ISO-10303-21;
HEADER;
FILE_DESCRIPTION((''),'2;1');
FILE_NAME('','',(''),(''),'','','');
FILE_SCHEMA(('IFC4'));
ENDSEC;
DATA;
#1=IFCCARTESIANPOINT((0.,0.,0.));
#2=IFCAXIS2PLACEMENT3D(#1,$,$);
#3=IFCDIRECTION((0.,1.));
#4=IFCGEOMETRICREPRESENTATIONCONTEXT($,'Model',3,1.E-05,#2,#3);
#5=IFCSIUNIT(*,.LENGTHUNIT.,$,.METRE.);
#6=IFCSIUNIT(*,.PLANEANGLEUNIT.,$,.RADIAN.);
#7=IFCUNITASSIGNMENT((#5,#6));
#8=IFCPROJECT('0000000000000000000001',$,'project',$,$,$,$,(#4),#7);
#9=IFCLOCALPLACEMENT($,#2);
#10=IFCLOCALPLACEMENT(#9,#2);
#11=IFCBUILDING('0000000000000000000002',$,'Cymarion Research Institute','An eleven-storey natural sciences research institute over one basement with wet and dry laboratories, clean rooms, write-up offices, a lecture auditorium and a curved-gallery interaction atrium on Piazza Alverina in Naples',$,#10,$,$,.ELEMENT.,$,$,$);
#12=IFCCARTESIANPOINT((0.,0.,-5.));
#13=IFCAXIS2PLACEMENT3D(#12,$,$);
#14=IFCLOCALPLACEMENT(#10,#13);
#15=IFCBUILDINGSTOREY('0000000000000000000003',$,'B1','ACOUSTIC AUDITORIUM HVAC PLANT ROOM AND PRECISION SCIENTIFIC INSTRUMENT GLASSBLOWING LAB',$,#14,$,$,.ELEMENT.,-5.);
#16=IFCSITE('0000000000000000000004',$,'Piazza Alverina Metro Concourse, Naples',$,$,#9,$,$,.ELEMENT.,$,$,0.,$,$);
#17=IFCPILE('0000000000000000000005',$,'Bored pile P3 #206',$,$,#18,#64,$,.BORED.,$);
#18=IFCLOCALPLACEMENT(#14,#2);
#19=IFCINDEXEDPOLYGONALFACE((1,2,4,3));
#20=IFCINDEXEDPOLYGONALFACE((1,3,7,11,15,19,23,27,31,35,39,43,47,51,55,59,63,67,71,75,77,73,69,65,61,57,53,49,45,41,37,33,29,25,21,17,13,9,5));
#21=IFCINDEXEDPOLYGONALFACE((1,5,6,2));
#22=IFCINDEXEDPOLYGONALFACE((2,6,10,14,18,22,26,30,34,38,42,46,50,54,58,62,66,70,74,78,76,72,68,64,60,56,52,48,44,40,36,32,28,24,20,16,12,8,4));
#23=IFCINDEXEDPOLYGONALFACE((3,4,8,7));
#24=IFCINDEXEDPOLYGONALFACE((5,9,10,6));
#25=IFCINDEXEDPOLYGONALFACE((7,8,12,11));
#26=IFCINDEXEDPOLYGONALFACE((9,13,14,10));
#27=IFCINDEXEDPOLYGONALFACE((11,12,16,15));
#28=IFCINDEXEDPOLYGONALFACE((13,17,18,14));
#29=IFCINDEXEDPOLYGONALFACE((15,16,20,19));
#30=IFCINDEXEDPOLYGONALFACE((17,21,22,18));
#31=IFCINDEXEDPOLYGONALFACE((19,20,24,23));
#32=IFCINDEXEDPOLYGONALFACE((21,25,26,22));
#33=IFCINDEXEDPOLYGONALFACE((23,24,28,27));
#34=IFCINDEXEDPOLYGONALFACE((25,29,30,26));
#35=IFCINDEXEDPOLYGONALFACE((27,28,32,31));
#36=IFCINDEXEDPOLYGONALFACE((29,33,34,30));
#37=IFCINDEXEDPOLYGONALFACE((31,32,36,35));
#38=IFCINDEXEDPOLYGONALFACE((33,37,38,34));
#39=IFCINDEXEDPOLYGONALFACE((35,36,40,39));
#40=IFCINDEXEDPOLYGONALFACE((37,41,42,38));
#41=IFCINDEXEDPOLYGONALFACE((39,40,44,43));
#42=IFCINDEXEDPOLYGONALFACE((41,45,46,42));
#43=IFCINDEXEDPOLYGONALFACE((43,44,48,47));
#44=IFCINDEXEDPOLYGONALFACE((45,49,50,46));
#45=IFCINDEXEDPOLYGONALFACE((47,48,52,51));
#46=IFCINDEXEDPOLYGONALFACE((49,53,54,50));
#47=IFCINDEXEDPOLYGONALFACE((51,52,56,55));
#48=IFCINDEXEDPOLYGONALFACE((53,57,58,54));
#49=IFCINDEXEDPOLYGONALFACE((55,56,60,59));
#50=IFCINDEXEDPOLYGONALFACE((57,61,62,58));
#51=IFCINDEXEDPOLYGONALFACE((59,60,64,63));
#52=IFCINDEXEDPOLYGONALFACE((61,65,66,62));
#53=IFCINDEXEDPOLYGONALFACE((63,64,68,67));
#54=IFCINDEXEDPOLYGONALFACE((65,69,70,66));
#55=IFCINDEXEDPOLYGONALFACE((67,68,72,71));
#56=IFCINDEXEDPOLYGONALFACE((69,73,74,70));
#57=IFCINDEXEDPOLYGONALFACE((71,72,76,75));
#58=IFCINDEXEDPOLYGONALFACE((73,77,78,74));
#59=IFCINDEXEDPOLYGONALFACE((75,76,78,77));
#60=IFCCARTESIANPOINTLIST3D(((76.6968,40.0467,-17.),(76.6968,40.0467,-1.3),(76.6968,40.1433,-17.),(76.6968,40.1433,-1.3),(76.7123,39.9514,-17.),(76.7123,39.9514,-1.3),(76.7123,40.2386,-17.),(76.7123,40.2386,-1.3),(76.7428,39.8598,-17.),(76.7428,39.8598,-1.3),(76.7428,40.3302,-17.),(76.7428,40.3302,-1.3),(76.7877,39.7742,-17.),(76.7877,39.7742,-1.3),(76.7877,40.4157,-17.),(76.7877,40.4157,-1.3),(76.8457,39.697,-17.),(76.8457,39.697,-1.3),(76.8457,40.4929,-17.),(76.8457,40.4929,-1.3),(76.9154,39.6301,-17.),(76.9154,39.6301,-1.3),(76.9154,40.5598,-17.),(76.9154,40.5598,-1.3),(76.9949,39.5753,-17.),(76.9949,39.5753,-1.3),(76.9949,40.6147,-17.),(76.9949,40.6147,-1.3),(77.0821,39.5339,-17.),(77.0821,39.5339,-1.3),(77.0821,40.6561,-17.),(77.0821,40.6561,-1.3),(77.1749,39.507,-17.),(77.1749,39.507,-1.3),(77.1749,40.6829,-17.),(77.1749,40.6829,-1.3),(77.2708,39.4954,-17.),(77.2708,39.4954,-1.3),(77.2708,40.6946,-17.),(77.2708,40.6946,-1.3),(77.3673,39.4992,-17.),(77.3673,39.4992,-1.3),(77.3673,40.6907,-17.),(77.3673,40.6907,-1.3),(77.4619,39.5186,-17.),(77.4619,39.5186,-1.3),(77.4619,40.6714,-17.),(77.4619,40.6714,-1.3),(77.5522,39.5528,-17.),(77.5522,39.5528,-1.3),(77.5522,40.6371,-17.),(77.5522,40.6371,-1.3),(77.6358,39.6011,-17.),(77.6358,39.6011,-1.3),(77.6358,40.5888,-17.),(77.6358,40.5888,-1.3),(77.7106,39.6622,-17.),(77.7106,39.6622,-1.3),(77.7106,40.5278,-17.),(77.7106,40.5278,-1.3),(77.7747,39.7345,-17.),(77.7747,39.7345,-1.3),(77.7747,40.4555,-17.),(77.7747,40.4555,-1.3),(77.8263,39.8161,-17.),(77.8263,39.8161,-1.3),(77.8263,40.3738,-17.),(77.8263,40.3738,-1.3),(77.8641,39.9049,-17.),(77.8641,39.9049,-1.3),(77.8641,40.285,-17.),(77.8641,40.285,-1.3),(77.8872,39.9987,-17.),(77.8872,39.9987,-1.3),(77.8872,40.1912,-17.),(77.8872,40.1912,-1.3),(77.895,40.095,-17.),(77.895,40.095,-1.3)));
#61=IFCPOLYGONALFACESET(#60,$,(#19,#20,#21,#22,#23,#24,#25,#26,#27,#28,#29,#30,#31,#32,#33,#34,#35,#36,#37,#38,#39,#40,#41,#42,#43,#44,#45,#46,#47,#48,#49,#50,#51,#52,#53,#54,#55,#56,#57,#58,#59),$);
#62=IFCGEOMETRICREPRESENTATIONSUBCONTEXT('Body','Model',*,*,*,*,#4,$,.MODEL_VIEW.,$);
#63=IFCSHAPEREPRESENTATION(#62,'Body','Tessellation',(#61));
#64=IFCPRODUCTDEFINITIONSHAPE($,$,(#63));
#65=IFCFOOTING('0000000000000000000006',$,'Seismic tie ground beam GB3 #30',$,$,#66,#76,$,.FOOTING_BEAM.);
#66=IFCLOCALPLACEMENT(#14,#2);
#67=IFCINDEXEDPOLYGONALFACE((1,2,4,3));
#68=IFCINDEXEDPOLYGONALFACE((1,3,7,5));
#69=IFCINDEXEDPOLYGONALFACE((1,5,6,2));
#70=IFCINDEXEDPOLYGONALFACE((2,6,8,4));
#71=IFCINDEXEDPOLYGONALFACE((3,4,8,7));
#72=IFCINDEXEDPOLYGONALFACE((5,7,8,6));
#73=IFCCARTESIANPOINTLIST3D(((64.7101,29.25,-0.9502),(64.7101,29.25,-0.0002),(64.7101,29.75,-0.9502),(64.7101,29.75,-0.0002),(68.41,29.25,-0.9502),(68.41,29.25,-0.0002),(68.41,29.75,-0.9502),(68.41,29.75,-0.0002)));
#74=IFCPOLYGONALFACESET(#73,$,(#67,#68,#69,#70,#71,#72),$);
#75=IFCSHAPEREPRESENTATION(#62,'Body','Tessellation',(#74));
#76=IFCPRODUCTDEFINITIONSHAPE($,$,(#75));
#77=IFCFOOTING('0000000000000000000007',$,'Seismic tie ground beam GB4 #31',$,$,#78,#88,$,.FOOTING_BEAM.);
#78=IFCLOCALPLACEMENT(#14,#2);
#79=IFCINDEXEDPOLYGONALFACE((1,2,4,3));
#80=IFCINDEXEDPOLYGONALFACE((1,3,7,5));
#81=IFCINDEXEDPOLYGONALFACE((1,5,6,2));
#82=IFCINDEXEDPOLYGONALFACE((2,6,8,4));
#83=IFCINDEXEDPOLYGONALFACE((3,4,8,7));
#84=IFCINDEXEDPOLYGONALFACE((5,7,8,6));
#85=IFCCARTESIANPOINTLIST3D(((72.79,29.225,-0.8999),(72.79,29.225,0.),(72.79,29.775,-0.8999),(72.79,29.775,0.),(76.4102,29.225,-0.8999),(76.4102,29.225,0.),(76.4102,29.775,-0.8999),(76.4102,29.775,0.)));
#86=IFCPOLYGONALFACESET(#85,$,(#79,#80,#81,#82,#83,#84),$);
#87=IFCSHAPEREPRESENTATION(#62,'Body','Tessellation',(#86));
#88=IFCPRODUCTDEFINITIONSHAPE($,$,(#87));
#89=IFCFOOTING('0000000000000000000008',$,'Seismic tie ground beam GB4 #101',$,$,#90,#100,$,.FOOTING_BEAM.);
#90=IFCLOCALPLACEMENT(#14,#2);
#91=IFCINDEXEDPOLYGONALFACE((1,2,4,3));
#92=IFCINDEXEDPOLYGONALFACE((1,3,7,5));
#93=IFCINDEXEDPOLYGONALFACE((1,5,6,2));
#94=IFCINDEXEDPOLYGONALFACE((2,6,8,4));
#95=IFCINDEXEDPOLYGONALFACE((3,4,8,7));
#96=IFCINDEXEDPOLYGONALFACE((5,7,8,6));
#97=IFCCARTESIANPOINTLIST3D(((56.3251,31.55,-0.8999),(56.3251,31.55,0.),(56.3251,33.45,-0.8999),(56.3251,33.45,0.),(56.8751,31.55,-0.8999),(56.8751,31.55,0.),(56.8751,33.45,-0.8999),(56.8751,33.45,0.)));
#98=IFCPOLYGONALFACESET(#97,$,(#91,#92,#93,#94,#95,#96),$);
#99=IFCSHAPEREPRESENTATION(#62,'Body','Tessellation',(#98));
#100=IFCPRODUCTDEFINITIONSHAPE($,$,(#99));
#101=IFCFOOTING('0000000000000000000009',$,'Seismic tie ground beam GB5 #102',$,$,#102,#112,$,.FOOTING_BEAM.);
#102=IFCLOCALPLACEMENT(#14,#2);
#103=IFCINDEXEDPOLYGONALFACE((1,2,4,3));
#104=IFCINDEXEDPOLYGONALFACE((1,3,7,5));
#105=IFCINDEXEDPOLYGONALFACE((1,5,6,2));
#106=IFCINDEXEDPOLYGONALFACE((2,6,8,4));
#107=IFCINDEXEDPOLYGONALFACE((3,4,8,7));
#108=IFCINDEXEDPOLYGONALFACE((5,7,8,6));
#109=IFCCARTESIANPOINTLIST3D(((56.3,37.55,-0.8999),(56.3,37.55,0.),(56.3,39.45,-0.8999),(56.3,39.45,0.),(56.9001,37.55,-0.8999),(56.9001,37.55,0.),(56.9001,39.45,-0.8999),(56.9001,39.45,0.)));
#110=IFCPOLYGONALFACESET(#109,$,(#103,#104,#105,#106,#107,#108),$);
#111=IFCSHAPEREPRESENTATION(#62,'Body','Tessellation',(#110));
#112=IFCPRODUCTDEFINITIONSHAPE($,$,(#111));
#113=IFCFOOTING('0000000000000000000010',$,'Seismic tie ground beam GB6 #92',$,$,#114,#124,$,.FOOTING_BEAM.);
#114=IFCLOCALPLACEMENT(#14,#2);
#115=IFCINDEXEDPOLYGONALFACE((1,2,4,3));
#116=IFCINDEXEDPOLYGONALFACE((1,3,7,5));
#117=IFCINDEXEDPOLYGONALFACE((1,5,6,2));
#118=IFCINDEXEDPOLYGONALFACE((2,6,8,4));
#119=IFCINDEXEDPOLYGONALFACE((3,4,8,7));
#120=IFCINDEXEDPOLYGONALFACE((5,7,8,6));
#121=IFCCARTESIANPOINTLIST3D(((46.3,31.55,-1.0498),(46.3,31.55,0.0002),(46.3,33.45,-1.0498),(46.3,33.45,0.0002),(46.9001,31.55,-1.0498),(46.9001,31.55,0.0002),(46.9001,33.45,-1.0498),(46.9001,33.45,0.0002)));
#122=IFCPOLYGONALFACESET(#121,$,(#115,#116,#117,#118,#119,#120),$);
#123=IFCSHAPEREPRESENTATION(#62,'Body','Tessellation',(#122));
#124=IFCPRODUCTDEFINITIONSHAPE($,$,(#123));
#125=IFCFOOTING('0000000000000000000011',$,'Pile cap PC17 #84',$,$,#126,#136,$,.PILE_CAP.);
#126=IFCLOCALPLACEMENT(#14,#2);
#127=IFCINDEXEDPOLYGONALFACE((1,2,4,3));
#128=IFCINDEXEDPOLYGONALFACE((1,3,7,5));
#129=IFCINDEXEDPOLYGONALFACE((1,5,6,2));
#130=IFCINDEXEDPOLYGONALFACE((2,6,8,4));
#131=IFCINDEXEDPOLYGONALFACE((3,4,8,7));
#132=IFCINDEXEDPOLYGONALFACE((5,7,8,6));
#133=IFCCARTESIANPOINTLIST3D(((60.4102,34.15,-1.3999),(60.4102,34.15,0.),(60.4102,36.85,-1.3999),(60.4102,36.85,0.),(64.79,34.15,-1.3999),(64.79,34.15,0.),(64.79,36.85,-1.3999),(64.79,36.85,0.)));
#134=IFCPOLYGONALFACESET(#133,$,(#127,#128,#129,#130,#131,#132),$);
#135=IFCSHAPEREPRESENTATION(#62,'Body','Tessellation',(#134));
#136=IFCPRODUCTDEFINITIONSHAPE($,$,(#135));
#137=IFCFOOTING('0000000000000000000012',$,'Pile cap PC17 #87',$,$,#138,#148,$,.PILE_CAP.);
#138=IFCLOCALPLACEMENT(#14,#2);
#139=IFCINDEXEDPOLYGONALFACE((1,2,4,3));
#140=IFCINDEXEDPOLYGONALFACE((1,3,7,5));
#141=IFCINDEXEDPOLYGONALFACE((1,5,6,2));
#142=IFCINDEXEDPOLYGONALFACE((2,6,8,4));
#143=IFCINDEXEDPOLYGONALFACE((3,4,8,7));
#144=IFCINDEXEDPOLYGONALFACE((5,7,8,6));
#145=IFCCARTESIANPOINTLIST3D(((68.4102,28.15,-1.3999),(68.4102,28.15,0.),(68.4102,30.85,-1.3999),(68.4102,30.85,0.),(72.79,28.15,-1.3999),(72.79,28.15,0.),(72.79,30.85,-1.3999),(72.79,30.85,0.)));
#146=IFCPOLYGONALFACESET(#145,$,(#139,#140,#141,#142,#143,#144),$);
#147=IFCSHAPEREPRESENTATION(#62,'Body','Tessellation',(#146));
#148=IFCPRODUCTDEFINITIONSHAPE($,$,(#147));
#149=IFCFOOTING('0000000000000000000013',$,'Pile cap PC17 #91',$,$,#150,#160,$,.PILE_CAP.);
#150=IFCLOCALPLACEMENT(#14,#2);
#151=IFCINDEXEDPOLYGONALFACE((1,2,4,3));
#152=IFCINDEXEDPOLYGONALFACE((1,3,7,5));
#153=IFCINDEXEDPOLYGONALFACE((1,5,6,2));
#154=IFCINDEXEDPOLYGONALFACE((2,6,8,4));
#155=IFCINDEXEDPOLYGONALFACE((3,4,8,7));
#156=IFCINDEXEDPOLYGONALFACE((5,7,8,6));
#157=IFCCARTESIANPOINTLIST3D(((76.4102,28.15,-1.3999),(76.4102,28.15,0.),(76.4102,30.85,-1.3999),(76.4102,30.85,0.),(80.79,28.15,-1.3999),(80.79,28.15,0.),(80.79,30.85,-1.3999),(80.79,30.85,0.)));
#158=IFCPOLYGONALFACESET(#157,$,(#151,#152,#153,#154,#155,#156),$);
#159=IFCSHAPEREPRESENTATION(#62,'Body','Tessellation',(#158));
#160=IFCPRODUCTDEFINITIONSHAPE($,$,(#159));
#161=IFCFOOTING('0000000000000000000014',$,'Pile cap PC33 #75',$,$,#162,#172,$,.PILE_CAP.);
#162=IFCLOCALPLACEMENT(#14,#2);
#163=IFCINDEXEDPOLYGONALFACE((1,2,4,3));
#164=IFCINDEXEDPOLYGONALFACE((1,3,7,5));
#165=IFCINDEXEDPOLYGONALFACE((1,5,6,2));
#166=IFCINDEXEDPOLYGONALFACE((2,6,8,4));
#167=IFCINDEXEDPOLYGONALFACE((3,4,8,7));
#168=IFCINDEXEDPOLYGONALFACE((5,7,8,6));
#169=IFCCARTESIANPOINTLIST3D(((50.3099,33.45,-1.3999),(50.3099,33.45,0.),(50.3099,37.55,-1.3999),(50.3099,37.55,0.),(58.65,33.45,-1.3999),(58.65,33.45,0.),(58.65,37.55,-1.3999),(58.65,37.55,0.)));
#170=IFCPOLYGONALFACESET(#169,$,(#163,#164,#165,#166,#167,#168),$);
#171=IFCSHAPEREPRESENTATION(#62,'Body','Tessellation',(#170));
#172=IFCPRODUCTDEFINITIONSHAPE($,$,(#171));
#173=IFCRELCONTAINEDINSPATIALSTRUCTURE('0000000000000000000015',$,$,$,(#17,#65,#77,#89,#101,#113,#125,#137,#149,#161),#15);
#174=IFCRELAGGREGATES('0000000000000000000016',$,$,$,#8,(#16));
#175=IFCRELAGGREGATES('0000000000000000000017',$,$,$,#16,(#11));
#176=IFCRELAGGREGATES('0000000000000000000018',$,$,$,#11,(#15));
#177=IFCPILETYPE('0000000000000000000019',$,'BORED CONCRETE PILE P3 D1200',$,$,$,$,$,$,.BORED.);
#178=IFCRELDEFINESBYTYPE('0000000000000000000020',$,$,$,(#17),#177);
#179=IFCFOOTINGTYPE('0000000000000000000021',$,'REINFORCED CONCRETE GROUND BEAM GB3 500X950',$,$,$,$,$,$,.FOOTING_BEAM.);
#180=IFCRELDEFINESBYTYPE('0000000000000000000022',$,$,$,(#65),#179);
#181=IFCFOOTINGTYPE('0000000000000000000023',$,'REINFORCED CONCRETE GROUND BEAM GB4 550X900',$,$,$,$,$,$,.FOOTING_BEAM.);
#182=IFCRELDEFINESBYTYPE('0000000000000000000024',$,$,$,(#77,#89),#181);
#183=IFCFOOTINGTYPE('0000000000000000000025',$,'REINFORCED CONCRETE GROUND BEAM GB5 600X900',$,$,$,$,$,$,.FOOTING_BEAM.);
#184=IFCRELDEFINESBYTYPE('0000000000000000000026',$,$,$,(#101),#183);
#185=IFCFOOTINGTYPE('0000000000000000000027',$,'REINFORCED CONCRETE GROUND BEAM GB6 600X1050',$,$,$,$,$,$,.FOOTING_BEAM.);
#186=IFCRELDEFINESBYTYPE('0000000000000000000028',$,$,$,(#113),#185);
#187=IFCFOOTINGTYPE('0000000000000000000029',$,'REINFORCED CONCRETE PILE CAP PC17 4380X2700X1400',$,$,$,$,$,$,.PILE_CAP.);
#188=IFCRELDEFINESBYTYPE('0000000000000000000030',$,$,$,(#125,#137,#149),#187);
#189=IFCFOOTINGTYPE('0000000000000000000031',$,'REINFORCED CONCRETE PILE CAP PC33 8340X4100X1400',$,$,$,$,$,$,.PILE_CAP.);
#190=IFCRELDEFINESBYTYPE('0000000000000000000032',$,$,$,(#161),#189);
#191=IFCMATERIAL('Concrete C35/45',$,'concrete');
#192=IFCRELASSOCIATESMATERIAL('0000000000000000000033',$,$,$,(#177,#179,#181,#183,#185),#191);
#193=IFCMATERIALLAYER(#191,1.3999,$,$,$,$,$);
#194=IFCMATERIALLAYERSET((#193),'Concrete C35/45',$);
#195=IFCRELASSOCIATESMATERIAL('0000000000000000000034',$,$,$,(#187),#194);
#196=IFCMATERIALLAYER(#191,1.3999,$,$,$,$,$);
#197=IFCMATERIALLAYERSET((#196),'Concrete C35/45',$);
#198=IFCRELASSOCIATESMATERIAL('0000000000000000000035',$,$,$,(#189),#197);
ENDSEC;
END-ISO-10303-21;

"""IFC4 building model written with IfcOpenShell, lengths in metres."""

from ifc_helpers import new_model, si_unit, direction, frame, origin, origin_2d, place, context, subcontext, project, spatial, rectangle, circle, extrude, material, layer, layer_set, material_profile, profile_set, type_object, element, save


model = new_model("IFC4")

# Units and contexts
model_context = context("Model", 3, precision=1e-05, world=origin(), true_north=direction((0.0, 1.0)))
body_context = subcontext(model_context, "Body", "Model", "MODEL_VIEW")
ifc_project = project(units=[si_unit("LENGTHUNIT", "METRE"), si_unit("PLANEANGLEUNIT", "RADIAN")], contexts=[model_context])

# Site, building, storey
site_placement = place(None, origin())
site = spatial("IfcSite", under=ifc_project, at=site_placement, Name="Piazza Alverina Metro Concourse, Naples", CompositionType="ELEMENT", RefElevation=0.0)
building_placement = place(site_placement, origin())
building = spatial("IfcBuilding", under=site, at=building_placement, Name="Cymarion Research Institute", Description="An eleven-storey natural sciences research institute over one basement with wet and dry laboratories, clean rooms, write-up offices, a lecture auditorium and a curved-gallery interaction atrium on Piazza Alverina in Naples", CompositionType="ELEMENT")
storey_placement = place(building_placement, frame((0.0, 0.0, -5.0)))
storey = spatial("IfcBuildingStorey", under=building, at=storey_placement, Name="B1", Description="ACOUSTIC AUDITORIUM HVAC PLANT ROOM AND PRECISION SCIENTIFIC INSTRUMENT GLASSBLOWING LAB", CompositionType="ELEMENT", Elevation=-5.0)

# Pile
ifc_material_1 = material(Name="Concrete C35/45", Category="concrete")
ifc_material_profile_1 = material_profile(ifc_material_1, circle(Radius=0.6001, at=origin_2d()), Name="BORED PILE D1200")
ifc_profile_set_1 = profile_set([ifc_material_profile_1], Name="Concrete C35/45")
pile_type_1 = type_object("IfcPileType", Name="BORED CONCRETE PILE P3 D1200", PredefinedType="BORED", material=ifc_profile_set_1)
for number, where, z_axis, x_axis, name in (
    (1, (77.2949, 40.095, -1.3), (0.0, 0.0, -1.0), (1.0, 0.0, 0.0), "Bored pile P3 #206"),
):
    element("IfcPile", number, at=place(storey_placement, frame(where, z_axis=z_axis, x_axis=x_axis)), inside=storey, type_object=pile_type_1, Name=name, PredefinedType="BORED", context=body_context, shape_type="SweptSolid", body=[
        extrude(circle(Radius=0.6001, at=origin_2d()), origin(), (0.0, 0.0, 1.0), 15.7),
    ])

# Footings
footing_type_1 = type_object("IfcFootingType", Name="REINFORCED CONCRETE GROUND BEAM GB3 500X950", PredefinedType="FOOTING_BEAM", material=ifc_material_1)
footing_1_placement = place(storey_placement, frame((66.5601, 29.5, -0.9502), z_axis=(0.0, 0.0, 1.0), x_axis=(1.0, 0.0, 0.0)))
element("IfcFooting", 2, at=footing_1_placement, inside=storey, type_object=footing_type_1, Name="Seismic tie ground beam GB3 #30", PredefinedType="FOOTING_BEAM", context=body_context, shape_type="SweptSolid", body=[
    extrude(rectangle(XDim=3.7, YDim=0.5, at=origin_2d()), origin(), (0.0, 0.0, 1.0), 0.95),
])
footing_type_2 = type_object("IfcFootingType", Name="REINFORCED CONCRETE GROUND BEAM GB4 550X900", PredefinedType="FOOTING_BEAM", material=ifc_material_1)
footing_2_placement = place(storey_placement, frame((74.6001, 29.5, -0.8999), z_axis=(0.0, 0.0, 1.0), x_axis=(1.0, 0.0, 0.0)))
element("IfcFooting", 3, at=footing_2_placement, inside=storey, type_object=footing_type_2, Name="Seismic tie ground beam GB4 #31", PredefinedType="FOOTING_BEAM", context=body_context, shape_type="SweptSolid", body=[
    extrude(rectangle(XDim=3.6201, YDim=0.55, at=origin_2d()), origin(), (0.0, 0.0, 1.0), 0.8999),
])
footing_3_placement = place(storey_placement, frame((56.6001, 32.5, -0.8999), z_axis=(0.0, 0.0, 1.0), x_axis=(0.0, 1.0, 0.0)))
element("IfcFooting", 4, at=footing_3_placement, inside=storey, type_object=footing_type_2, Name="Seismic tie ground beam GB4 #101", PredefinedType="FOOTING_BEAM", context=body_context, shape_type="SweptSolid", body=[
    extrude(rectangle(XDim=1.8999, YDim=0.55, at=origin_2d()), origin(), (0.0, 0.0, 1.0), 0.8999),
])
footing_type_3 = type_object("IfcFootingType", Name="REINFORCED CONCRETE GROUND BEAM GB5 600X900", PredefinedType="FOOTING_BEAM", material=ifc_material_1)
footing_4_placement = place(storey_placement, frame((56.6001, 38.5, -0.8999), z_axis=(0.0, 0.0, 1.0), x_axis=(0.0, 1.0, 0.0)))
element("IfcFooting", 5, at=footing_4_placement, inside=storey, type_object=footing_type_3, Name="Seismic tie ground beam GB5 #102", PredefinedType="FOOTING_BEAM", context=body_context, shape_type="SweptSolid", body=[
    extrude(rectangle(XDim=1.8999, YDim=0.6001, at=origin_2d()), origin(), (0.0, 0.0, 1.0), 0.8999),
])
footing_type_4 = type_object("IfcFootingType", Name="REINFORCED CONCRETE GROUND BEAM GB6 600X1050", PredefinedType="FOOTING_BEAM", material=ifc_material_1)
footing_5_placement = place(storey_placement, frame((46.6001, 32.5, -1.0498), z_axis=(0.0, 0.0, 1.0), x_axis=(0.0, 1.0, 0.0)))
element("IfcFooting", 6, at=footing_5_placement, inside=storey, type_object=footing_type_4, Name="Seismic tie ground beam GB6 #92", PredefinedType="FOOTING_BEAM", context=body_context, shape_type="SweptSolid", body=[
    extrude(rectangle(XDim=1.8999, YDim=0.6001, at=origin_2d()), origin(), (0.0, 0.0, 1.0), 1.05),
])
ifc_layer_1 = layer(ifc_material_1, 1.3999)
ifc_layer_set_1 = layer_set([ifc_layer_1], Name="Concrete C35/45")
footing_type_5 = type_object("IfcFootingType", Name="REINFORCED CONCRETE PILE CAP PC17 4380X2700X1400", PredefinedType="PILE_CAP", material=ifc_layer_set_1)
for number, where, z_axis, x_axis, name in (
    (7, (62.6001, 35.5, -1.3999), (0.0, 0.0, 1.0), (1.0, 0.0, 0.0), "Pile cap PC17 #84"),
    (8, (70.6001, 29.5, -1.3999), (0.0, 0.0, 1.0), (1.0, 0.0, 0.0), "Pile cap PC17 #87"),
    (9, (78.6001, 29.5, -1.3999), (0.0, 0.0, 1.0), (1.0, 0.0, 0.0), "Pile cap PC17 #91"),
):
    element("IfcFooting", number, at=place(storey_placement, frame(where, z_axis=z_axis, x_axis=x_axis)), inside=storey, type_object=footing_type_5, Name=name, PredefinedType="PILE_CAP", context=body_context, shape_type="SweptSolid", body=[
        extrude(rectangle(XDim=4.3799, YDim=2.7, at=origin_2d()), origin(), (0.0, 0.0, 1.0), 1.3999),
    ])
ifc_layer_2 = layer(ifc_material_1, 1.3999)
ifc_layer_set_2 = layer_set([ifc_layer_2], Name="Concrete C35/45")
footing_type_6 = type_object("IfcFootingType", Name="REINFORCED CONCRETE PILE CAP PC33 8340X4100X1400", PredefinedType="PILE_CAP", material=ifc_layer_set_2)
footing_6_placement = place(storey_placement, frame((54.48, 35.5, -1.3999), z_axis=(0.0, 0.0, 1.0), x_axis=(1.0, 0.0, 0.0)))
element("IfcFooting", 10, at=footing_6_placement, inside=storey, type_object=footing_type_6, Name="Pile cap PC33 #75", PredefinedType="PILE_CAP", context=body_context, shape_type="SweptSolid", body=[
    extrude(rectangle(XDim=8.3401, YDim=4.1001, at=origin_2d()), origin(), (0.0, 0.0, 1.0), 1.3999),
])

save(model, "model.ifc")
